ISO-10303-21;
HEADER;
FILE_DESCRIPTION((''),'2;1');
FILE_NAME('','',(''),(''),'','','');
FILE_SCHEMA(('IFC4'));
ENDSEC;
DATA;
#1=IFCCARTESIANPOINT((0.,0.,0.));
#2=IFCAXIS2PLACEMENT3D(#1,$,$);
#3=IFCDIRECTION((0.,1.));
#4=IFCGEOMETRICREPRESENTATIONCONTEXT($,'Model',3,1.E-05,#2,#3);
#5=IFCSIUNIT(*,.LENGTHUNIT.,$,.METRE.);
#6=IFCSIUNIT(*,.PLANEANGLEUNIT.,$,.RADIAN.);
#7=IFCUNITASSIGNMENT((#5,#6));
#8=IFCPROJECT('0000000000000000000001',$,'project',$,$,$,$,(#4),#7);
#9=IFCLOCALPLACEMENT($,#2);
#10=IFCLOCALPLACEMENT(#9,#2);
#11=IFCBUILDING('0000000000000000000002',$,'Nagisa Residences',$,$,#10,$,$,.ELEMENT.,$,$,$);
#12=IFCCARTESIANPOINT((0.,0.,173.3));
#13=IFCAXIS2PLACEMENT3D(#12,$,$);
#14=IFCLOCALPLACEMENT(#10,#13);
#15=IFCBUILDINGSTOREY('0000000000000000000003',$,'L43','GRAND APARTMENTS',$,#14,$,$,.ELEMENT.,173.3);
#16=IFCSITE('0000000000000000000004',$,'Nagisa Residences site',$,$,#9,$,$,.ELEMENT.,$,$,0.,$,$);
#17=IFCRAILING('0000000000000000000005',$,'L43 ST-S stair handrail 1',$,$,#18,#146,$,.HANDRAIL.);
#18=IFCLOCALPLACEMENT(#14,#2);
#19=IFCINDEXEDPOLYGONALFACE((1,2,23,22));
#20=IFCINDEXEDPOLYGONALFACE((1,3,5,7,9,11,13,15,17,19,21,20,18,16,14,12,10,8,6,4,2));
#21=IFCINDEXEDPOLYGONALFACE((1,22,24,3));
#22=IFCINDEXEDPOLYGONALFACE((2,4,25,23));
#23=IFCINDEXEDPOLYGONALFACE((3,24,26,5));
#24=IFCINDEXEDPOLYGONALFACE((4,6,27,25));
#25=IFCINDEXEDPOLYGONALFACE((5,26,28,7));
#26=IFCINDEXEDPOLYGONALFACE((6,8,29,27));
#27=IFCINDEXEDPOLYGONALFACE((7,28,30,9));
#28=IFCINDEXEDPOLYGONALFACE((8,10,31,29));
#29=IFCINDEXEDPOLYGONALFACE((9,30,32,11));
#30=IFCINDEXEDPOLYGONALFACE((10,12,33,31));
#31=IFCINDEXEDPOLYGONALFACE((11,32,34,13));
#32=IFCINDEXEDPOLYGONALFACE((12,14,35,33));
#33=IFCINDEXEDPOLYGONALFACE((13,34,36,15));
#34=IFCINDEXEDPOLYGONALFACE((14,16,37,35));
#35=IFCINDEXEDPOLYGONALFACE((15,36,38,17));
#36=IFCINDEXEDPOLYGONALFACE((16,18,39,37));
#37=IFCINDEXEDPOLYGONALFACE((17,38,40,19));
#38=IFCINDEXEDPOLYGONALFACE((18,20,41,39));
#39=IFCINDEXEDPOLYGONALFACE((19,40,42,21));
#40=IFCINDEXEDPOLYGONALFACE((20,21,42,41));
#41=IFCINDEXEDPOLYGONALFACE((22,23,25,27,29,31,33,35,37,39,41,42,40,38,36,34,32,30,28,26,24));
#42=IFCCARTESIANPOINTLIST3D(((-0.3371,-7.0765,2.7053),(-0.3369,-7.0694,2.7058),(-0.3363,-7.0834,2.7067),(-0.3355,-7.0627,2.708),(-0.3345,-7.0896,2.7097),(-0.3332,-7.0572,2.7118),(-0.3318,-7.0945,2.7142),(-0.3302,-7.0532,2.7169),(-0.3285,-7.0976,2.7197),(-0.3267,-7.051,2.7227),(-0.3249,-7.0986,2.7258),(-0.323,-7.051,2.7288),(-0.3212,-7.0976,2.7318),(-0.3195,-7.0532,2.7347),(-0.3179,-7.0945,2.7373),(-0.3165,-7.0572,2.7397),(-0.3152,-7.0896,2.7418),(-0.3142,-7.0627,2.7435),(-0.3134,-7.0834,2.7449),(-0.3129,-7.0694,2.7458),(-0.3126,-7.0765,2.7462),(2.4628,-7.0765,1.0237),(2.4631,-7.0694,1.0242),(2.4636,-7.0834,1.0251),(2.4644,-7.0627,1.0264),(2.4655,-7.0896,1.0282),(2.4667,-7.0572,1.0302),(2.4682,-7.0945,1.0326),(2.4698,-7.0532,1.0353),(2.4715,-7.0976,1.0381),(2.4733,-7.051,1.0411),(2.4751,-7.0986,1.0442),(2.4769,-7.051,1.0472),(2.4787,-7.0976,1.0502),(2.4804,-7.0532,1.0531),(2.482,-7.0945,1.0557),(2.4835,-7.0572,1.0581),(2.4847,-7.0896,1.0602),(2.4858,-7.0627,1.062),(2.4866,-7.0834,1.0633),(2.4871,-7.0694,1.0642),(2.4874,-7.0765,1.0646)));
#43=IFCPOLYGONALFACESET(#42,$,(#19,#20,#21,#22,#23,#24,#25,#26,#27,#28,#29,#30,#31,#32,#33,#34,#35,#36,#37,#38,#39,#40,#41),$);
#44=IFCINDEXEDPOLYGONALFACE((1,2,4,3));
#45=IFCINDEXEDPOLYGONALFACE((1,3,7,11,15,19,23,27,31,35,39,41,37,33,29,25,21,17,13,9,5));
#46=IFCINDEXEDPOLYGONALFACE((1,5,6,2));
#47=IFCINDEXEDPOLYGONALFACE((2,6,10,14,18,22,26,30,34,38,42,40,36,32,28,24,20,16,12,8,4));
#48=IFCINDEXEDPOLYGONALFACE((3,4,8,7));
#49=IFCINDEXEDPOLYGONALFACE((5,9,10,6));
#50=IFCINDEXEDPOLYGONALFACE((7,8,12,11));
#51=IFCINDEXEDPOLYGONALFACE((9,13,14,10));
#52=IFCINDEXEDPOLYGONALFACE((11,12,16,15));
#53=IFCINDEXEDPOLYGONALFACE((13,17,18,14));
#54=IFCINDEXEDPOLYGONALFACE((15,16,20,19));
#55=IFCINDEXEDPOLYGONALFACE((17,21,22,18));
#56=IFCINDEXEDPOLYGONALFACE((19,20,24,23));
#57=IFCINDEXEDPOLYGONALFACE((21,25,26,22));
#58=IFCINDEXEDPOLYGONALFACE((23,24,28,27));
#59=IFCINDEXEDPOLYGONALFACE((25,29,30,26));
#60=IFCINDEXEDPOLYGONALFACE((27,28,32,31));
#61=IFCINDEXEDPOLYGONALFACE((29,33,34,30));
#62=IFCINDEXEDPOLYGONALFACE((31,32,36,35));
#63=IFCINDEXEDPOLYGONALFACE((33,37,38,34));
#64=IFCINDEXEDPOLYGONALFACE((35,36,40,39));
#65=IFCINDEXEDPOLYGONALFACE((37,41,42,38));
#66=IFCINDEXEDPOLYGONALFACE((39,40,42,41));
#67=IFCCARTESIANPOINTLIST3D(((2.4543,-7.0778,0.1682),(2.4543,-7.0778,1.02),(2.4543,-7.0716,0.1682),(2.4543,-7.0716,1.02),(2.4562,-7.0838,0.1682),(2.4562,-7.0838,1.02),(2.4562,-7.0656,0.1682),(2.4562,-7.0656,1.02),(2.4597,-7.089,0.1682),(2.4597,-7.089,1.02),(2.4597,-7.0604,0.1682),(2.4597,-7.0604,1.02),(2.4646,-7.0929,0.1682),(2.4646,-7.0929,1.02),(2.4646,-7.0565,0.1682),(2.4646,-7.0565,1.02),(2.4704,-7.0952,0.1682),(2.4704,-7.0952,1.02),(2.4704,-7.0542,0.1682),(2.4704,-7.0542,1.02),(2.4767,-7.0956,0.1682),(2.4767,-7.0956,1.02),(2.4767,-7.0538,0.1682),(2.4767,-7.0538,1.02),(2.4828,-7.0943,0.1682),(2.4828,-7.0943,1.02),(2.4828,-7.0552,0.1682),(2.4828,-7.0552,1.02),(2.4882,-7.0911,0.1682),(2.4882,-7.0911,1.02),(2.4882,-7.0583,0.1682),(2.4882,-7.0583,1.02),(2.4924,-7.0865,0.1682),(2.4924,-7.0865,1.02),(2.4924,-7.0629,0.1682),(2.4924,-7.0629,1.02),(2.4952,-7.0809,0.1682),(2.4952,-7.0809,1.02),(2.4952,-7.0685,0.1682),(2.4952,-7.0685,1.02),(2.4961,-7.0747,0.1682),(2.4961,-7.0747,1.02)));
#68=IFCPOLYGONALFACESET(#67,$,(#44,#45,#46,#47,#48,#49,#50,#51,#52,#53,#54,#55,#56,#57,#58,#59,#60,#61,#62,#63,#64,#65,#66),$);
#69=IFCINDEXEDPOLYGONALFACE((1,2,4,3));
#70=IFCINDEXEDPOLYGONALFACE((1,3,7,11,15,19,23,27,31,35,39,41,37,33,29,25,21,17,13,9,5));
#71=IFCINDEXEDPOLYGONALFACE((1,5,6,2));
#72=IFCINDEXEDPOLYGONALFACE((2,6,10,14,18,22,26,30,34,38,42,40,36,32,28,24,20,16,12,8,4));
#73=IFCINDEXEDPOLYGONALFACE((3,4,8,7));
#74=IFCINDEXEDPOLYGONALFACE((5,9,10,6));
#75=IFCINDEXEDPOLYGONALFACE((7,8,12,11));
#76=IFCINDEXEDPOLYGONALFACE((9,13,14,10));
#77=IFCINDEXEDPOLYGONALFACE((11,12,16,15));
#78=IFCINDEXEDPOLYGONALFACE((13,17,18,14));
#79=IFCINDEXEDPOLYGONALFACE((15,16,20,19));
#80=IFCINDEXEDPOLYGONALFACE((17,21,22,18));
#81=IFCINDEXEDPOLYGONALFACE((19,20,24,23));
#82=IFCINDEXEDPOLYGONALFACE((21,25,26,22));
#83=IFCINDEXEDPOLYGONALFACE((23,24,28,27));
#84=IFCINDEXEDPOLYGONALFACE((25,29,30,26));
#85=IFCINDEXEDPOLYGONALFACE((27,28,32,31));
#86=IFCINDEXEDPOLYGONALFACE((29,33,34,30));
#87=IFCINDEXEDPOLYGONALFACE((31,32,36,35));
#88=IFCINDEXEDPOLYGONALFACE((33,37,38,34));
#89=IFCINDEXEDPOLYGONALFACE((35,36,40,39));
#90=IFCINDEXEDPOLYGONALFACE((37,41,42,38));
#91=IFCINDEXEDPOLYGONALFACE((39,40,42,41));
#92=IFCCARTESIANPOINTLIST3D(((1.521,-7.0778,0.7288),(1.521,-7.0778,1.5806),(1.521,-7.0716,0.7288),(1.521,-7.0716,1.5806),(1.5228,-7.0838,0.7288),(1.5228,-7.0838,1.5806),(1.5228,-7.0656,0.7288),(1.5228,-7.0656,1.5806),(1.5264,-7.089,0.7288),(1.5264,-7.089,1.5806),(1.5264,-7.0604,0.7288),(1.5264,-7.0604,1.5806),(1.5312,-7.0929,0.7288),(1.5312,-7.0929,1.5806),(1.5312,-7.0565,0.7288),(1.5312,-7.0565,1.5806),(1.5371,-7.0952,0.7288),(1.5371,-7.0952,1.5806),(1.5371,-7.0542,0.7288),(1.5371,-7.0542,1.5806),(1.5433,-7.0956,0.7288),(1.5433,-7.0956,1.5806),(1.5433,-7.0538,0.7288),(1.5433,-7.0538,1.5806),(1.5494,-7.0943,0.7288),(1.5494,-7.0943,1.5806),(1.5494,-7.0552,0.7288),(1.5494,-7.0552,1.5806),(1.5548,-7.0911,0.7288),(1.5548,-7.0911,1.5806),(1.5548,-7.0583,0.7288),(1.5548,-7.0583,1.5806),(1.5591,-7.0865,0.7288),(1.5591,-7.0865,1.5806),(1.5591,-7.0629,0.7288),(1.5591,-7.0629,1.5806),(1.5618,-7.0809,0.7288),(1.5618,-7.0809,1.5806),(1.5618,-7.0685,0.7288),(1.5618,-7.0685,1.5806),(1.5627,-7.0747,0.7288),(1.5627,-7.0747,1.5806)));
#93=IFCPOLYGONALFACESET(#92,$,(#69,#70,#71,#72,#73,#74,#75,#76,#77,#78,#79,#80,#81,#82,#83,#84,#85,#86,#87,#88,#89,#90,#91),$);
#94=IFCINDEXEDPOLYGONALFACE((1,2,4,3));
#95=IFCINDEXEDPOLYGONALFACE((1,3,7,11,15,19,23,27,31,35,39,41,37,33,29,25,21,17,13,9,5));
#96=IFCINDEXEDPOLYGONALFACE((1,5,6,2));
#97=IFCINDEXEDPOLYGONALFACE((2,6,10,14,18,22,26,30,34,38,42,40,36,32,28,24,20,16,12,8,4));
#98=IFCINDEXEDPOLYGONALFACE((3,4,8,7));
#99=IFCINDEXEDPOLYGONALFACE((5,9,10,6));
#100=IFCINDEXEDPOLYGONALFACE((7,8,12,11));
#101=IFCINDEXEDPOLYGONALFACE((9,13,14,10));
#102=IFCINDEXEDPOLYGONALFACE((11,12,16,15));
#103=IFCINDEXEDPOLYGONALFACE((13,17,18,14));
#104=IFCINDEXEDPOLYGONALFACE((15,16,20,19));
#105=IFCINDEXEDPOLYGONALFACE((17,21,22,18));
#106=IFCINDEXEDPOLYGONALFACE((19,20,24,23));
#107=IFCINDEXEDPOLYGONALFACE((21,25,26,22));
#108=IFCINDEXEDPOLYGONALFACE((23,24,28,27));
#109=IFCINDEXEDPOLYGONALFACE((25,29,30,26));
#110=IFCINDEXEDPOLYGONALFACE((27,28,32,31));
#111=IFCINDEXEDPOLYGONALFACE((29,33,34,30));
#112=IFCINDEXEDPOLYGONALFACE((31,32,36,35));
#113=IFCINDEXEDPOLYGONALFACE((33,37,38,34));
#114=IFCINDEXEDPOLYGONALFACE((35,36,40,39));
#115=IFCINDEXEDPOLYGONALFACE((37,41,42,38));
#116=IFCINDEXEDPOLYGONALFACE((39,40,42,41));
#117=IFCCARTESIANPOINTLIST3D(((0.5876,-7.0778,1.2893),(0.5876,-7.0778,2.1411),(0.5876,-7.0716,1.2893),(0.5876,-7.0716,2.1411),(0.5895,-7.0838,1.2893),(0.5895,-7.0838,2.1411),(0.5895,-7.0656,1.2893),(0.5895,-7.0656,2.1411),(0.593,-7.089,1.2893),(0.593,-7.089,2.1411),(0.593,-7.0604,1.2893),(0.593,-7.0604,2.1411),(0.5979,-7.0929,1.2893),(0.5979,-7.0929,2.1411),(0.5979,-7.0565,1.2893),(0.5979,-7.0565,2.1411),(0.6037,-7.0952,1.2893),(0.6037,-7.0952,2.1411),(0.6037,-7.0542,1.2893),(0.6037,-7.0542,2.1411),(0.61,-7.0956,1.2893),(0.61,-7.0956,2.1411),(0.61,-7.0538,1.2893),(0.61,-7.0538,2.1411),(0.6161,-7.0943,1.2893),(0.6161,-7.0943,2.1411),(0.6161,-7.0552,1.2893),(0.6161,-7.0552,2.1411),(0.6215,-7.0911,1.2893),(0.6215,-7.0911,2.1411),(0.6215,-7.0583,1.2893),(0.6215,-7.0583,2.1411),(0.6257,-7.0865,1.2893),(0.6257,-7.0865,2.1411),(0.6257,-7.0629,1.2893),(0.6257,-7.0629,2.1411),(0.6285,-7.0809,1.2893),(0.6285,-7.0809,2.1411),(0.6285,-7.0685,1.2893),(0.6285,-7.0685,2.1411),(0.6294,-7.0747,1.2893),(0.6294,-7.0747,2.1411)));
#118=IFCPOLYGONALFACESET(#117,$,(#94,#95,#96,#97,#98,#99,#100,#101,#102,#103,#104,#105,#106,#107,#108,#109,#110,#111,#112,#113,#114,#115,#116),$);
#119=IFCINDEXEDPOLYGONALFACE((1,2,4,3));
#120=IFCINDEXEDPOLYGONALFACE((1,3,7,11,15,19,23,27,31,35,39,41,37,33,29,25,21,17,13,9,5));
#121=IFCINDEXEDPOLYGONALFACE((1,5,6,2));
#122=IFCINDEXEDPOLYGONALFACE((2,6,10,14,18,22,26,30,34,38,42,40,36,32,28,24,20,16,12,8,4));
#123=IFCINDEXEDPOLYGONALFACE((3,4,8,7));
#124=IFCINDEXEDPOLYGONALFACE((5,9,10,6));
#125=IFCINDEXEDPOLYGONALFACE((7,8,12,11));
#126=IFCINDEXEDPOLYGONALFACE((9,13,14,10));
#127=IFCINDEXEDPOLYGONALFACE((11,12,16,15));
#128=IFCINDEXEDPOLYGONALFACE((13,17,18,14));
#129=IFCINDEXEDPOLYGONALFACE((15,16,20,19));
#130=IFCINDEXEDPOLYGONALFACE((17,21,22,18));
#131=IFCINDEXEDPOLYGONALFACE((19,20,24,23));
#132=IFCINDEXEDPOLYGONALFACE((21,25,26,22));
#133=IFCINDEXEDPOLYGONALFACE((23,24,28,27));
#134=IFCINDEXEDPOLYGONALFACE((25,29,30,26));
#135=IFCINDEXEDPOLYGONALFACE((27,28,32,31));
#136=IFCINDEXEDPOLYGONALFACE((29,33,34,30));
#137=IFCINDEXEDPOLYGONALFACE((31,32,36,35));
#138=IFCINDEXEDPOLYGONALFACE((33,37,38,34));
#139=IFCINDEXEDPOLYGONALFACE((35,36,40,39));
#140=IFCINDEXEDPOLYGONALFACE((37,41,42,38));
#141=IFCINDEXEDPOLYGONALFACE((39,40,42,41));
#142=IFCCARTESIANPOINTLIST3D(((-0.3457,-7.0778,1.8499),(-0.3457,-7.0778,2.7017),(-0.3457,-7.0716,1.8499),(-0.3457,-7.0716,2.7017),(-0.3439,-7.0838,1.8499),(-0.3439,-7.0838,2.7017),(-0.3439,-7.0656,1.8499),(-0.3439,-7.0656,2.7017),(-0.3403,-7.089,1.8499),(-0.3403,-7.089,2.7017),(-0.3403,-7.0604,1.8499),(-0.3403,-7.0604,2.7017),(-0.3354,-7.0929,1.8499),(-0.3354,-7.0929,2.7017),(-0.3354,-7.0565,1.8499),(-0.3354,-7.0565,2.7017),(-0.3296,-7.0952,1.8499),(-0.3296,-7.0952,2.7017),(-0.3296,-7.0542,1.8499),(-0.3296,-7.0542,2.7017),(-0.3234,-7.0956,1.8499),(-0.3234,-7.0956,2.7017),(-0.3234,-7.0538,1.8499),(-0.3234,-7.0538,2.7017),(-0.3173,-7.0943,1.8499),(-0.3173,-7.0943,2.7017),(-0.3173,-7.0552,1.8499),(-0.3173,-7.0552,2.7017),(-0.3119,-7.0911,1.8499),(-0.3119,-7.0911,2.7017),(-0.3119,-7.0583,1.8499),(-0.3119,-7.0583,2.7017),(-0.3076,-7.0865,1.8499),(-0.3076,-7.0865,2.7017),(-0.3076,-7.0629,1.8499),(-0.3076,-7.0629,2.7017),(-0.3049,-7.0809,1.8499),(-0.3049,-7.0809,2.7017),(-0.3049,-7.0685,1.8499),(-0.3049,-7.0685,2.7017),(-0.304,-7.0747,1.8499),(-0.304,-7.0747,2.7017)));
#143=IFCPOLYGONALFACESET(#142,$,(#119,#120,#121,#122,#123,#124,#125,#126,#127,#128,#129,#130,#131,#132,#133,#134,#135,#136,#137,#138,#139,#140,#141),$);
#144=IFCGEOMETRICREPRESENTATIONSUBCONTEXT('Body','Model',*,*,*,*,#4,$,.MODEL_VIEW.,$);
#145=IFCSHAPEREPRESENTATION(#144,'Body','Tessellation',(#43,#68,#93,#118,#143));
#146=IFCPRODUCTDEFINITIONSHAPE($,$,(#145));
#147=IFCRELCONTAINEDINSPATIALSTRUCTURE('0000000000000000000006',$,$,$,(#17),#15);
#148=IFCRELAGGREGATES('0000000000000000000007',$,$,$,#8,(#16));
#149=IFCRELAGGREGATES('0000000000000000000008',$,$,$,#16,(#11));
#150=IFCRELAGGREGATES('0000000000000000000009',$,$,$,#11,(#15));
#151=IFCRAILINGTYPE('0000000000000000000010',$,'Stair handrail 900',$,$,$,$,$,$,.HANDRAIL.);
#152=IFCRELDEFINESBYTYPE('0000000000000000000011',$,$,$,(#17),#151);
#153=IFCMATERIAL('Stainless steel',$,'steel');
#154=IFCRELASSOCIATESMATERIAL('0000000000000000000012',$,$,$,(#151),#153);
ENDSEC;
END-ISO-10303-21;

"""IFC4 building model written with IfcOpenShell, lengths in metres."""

from ifc_helpers import new_model, si_unit, direction, frame, origin, origin_2d, place, context, subcontext, project, spatial, circle, extrude, material, type_object, element, save


model = new_model("IFC4")

# Units and contexts
model_context = context("Model", 3, precision=1e-05, world=origin(), true_north=direction((0.0, 1.0)))
body_context = subcontext(model_context, "Body", "Model", "MODEL_VIEW")
ifc_project = project(units=[si_unit("LENGTHUNIT", "METRE"), si_unit("PLANEANGLEUNIT", "RADIAN")], contexts=[model_context])

# Site, building, storey
site_placement = place(None, origin())
site = spatial("IfcSite", under=ifc_project, at=site_placement, Name="Nagisa Residences site", CompositionType="ELEMENT", RefElevation=0.0)
building_placement = place(site_placement, origin())
building = spatial("IfcBuilding", under=site, at=building_placement, Name="Nagisa Residences", CompositionType="ELEMENT")
storey_placement = place(building_placement, frame((0.0, 0.0, 173.3)))
storey = spatial("IfcBuildingStorey", under=building, at=storey_placement, Name="L43", Description="GRAND APARTMENTS", CompositionType="ELEMENT", Elevation=173.3)

# Railing
ifc_material_1 = material(Name="Stainless steel", Category="steel")
railing_type_1 = type_object("IfcRailingType", Name="Stair handrail 900", PredefinedType="HANDRAIL", material=ifc_material_1)
railing_1_placement = place(storey_placement, frame((2.4751, -7.0747, 0.1682)))
element("IfcRailing", 1, at=railing_1_placement, inside=storey, type_object=railing_type_1, Name="L43 ST-S stair handrail 1", PredefinedType="HANDRAIL", context=body_context, shape_type="SweptSolid", body=[
    extrude(circle(Radius=0.0239, at=origin_2d()), frame((0.0, 0.0, 0.876), z_axis=(-0.857275, 0.0, 0.514858), x_axis=(0.0, -1.0, 0.0)), (0.0, 0.0, 1.0), 3.2661),
    extrude(circle(Radius=0.021, at=origin_2d()), origin(), (0.0, 0.0, 1.0), 0.8518),
    extrude(circle(Radius=0.021, at=origin_2d()), frame((-0.9333, 0.0, 0.5605)), (0.0, 0.0, 1.0), 0.8518),
    extrude(circle(Radius=0.021, at=origin_2d()), frame((-1.8667, 0.0, 1.1211)), (0.0, 0.0, 1.0), 0.8518),
    extrude(circle(Radius=0.021, at=origin_2d()), frame((-2.8, 0.0, 1.6816)), (0.0, 0.0, 1.0), 0.8518),
])

save(model, "model.ifc")
